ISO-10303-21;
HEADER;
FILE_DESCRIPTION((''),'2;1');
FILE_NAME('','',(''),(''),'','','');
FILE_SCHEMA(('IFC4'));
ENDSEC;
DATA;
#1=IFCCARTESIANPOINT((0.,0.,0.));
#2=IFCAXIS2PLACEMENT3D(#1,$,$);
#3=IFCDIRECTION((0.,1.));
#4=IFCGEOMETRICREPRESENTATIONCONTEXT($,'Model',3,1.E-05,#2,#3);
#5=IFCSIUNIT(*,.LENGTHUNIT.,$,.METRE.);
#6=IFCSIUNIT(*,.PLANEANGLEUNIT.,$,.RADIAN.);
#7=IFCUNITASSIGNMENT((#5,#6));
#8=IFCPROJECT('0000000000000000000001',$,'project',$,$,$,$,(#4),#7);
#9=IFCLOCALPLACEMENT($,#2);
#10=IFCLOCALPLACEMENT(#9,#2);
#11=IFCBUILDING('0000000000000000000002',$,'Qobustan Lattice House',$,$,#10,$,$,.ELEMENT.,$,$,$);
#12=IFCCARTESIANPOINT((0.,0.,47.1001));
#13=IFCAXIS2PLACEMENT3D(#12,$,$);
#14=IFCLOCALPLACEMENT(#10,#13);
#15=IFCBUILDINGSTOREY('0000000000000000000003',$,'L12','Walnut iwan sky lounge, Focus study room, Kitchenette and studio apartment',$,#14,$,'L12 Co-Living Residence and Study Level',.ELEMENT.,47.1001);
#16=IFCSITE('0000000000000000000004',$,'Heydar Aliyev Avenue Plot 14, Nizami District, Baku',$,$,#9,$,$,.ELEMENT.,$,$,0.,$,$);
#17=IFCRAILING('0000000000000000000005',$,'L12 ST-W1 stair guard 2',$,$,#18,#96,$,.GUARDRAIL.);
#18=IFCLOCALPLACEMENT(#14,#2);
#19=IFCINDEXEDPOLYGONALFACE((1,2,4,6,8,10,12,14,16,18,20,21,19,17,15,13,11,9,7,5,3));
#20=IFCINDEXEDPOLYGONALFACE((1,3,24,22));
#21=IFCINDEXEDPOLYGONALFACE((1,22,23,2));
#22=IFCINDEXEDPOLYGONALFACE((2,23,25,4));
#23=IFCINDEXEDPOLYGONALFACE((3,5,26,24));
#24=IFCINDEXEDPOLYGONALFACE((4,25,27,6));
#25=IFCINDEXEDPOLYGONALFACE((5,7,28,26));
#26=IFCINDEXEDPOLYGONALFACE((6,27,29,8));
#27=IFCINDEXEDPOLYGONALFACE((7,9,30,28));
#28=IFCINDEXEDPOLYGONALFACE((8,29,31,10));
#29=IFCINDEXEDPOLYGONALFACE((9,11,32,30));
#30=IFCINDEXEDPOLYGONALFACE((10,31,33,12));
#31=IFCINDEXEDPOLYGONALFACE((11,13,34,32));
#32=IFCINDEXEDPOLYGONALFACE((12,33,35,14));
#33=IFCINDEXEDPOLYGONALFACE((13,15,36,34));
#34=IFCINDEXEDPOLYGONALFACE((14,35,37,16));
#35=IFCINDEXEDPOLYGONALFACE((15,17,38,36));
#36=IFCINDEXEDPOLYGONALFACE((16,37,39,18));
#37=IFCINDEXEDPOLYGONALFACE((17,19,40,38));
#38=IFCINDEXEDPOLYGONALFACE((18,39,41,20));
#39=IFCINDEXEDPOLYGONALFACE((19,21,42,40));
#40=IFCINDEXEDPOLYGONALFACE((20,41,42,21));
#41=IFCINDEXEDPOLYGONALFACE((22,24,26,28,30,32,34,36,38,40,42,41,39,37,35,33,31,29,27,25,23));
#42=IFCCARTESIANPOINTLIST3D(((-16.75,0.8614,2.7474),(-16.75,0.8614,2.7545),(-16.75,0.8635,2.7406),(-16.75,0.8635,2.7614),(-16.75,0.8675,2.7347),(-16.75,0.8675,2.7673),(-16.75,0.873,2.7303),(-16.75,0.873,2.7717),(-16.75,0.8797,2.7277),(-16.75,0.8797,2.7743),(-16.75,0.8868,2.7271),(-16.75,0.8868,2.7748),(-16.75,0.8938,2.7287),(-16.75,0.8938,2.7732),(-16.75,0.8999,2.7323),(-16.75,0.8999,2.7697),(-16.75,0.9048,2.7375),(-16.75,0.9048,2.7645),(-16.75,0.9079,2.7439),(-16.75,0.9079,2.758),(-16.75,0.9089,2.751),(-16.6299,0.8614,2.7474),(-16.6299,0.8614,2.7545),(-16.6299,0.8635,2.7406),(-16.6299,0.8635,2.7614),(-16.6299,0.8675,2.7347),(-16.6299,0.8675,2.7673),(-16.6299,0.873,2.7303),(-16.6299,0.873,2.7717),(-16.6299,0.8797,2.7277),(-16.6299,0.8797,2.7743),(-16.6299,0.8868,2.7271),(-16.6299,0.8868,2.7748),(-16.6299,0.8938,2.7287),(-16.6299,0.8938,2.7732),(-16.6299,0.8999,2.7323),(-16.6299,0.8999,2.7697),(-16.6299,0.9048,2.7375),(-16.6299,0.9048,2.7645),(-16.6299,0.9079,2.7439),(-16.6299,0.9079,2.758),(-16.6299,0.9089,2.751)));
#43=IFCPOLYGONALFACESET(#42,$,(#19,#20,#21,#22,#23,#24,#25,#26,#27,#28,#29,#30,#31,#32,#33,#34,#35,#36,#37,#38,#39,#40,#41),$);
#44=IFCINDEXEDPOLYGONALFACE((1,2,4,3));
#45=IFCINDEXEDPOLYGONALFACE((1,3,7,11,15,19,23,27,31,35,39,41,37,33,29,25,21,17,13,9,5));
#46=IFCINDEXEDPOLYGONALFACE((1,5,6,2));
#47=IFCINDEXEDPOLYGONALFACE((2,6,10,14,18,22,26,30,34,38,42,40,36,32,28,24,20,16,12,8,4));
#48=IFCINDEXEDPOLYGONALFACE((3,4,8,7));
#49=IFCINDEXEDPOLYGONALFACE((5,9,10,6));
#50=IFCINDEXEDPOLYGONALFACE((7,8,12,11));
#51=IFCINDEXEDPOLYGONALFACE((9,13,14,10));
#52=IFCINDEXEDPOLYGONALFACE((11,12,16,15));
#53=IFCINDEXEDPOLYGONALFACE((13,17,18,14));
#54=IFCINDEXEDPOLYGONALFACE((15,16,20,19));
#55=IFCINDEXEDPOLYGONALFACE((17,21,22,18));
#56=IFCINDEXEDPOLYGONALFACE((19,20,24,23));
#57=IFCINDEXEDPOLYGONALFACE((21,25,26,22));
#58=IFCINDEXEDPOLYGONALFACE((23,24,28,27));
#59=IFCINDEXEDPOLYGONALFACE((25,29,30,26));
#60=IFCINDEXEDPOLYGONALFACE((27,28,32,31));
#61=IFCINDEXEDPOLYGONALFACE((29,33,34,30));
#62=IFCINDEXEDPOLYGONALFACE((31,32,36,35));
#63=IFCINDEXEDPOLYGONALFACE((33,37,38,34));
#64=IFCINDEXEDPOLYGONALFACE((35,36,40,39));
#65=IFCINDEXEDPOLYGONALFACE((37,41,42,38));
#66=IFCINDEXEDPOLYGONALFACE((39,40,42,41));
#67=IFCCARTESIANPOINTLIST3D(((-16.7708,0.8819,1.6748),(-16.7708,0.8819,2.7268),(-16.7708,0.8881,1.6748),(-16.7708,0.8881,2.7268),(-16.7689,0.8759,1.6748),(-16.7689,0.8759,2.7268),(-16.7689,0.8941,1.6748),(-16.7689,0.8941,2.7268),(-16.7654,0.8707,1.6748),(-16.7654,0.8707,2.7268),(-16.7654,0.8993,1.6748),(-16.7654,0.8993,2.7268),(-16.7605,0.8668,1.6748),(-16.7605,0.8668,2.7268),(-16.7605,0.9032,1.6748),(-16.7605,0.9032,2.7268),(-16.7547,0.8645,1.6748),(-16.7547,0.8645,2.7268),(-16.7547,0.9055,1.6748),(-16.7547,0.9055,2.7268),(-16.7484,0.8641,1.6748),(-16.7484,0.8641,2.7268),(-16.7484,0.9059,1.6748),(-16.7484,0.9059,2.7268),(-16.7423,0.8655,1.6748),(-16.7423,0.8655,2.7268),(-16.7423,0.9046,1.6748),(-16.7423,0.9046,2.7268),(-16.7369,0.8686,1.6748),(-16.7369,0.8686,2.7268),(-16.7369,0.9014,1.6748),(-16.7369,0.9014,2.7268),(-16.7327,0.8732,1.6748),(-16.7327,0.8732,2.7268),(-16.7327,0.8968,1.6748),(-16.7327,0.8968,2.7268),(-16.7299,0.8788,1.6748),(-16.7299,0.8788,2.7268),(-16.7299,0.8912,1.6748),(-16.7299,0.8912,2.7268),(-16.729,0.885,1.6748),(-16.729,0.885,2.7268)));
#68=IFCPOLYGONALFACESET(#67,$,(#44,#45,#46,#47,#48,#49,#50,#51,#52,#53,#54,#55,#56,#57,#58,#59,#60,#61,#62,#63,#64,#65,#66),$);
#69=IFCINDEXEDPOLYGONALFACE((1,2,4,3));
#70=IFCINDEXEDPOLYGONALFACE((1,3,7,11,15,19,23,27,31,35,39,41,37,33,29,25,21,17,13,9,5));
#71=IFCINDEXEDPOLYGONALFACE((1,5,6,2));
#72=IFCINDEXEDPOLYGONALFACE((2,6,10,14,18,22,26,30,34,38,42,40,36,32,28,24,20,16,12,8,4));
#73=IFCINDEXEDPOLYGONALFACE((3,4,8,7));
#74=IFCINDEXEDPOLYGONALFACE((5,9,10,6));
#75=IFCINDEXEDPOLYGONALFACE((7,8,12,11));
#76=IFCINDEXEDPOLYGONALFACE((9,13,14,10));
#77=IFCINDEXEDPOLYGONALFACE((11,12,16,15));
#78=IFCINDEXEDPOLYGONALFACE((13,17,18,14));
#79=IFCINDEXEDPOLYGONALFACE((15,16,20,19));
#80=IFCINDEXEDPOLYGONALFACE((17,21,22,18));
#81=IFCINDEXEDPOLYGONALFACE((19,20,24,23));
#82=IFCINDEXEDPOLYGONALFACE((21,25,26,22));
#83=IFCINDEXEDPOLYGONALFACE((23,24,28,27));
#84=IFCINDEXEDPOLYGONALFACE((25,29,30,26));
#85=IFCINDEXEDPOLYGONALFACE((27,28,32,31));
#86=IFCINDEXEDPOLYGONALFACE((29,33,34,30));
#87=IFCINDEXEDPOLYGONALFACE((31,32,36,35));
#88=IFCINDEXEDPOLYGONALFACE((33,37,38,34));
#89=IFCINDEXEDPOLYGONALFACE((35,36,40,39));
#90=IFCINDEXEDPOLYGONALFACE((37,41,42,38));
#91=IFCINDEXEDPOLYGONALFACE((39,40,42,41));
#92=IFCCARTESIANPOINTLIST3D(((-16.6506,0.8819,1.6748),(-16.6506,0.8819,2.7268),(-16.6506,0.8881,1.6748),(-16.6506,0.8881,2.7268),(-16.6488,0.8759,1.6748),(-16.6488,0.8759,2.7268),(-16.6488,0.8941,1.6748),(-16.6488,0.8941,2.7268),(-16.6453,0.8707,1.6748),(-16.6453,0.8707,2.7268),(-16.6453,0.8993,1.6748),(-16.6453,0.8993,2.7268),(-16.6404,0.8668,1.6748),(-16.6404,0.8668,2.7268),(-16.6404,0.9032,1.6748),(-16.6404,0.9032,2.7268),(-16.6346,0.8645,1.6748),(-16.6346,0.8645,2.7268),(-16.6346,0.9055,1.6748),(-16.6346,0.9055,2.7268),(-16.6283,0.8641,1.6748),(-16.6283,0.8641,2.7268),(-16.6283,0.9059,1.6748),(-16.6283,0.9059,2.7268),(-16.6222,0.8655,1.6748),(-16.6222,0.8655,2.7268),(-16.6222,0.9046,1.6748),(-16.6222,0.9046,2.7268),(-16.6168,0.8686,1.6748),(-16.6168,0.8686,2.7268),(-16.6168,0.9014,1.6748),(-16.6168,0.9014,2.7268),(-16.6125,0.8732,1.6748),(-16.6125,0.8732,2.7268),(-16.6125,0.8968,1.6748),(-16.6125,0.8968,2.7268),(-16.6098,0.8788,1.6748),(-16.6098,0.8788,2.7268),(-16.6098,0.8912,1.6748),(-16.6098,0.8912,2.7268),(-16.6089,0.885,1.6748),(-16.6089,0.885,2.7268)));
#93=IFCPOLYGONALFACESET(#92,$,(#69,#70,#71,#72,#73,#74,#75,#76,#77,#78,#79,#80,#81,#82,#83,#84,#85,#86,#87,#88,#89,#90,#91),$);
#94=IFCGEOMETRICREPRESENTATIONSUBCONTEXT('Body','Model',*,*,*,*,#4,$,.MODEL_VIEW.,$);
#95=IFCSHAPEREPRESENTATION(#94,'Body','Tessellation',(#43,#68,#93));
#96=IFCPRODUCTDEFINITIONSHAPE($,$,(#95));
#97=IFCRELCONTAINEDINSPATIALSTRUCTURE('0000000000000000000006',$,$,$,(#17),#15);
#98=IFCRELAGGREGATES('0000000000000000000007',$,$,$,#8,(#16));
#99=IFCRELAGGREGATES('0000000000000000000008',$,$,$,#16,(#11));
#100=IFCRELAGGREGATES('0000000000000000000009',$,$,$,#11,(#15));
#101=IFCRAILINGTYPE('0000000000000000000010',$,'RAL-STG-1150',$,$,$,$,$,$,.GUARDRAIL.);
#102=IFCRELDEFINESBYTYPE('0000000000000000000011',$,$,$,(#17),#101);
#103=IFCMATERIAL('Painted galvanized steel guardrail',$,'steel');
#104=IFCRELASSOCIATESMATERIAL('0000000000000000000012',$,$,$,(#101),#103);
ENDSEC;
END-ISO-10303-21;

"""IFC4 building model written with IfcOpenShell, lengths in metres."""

from ifc_helpers import new_model, si_unit, direction, frame, origin, origin_2d, place, context, subcontext, project, spatial, circle, extrude, material, type_object, element, save


model = new_model("IFC4")

# Units and contexts
model_context = context("Model", 3, precision=1e-05, world=origin(), true_north=direction((0.0, 1.0)))
body_context = subcontext(model_context, "Body", "Model", "MODEL_VIEW")
ifc_project = project(units=[si_unit("LENGTHUNIT", "METRE"), si_unit("PLANEANGLEUNIT", "RADIAN")], contexts=[model_context])

# Site, building, storey
site_placement = place(None, origin())
site = spatial("IfcSite", under=ifc_project, at=site_placement, Name="Heydar Aliyev Avenue Plot 14, Nizami District, Baku", CompositionType="ELEMENT", RefElevation=0.0)
building_placement = place(site_placement, origin())
building = spatial("IfcBuilding", under=site, at=building_placement, Name="Qobustan Lattice House", CompositionType="ELEMENT")
storey_placement = place(building_placement, frame((0.0, 0.0, 47.1001)))
storey = spatial("IfcBuildingStorey", under=building, at=storey_placement, Name="L12", Description="Walnut iwan sky lounge, Focus study room, Kitchenette and studio apartment", LongName="L12 Co-Living Residence and Study Level", CompositionType="ELEMENT", Elevation=47.1001)

# Railing
ifc_material_1 = material(Name="Painted galvanized steel guardrail", Category="steel")
railing_type_1 = type_object("IfcRailingType", Name="RAL-STG-1150", PredefinedType="GUARDRAIL", material=ifc_material_1)
railing_1_placement = place(storey_placement, frame((-16.75, 0.885, 1.6748)))
element("IfcRailing", 1, at=railing_1_placement, inside=storey, type_object=railing_type_1, Name="L12 ST-W1 stair guard 2", PredefinedType="GUARDRAIL", context=body_context, shape_type="SweptSolid", body=[
    extrude(circle(Radius=0.0239, at=origin_2d()), frame((0.0, 0.0, 1.0762), z_axis=(1.0, 0.0, 0.0), x_axis=(0.0, 1.0, 0.0)), (0.0, 0.0, 1.0), 0.1201),
    extrude(circle(Radius=0.021, at=origin_2d()), origin(), (0.0, 0.0, 1.0), 1.052),
    extrude(circle(Radius=0.021, at=origin_2d()), frame((0.1201, 0.0, 0.0)), (0.0, 0.0, 1.0), 1.052),
])

save(model, "model.ifc")
